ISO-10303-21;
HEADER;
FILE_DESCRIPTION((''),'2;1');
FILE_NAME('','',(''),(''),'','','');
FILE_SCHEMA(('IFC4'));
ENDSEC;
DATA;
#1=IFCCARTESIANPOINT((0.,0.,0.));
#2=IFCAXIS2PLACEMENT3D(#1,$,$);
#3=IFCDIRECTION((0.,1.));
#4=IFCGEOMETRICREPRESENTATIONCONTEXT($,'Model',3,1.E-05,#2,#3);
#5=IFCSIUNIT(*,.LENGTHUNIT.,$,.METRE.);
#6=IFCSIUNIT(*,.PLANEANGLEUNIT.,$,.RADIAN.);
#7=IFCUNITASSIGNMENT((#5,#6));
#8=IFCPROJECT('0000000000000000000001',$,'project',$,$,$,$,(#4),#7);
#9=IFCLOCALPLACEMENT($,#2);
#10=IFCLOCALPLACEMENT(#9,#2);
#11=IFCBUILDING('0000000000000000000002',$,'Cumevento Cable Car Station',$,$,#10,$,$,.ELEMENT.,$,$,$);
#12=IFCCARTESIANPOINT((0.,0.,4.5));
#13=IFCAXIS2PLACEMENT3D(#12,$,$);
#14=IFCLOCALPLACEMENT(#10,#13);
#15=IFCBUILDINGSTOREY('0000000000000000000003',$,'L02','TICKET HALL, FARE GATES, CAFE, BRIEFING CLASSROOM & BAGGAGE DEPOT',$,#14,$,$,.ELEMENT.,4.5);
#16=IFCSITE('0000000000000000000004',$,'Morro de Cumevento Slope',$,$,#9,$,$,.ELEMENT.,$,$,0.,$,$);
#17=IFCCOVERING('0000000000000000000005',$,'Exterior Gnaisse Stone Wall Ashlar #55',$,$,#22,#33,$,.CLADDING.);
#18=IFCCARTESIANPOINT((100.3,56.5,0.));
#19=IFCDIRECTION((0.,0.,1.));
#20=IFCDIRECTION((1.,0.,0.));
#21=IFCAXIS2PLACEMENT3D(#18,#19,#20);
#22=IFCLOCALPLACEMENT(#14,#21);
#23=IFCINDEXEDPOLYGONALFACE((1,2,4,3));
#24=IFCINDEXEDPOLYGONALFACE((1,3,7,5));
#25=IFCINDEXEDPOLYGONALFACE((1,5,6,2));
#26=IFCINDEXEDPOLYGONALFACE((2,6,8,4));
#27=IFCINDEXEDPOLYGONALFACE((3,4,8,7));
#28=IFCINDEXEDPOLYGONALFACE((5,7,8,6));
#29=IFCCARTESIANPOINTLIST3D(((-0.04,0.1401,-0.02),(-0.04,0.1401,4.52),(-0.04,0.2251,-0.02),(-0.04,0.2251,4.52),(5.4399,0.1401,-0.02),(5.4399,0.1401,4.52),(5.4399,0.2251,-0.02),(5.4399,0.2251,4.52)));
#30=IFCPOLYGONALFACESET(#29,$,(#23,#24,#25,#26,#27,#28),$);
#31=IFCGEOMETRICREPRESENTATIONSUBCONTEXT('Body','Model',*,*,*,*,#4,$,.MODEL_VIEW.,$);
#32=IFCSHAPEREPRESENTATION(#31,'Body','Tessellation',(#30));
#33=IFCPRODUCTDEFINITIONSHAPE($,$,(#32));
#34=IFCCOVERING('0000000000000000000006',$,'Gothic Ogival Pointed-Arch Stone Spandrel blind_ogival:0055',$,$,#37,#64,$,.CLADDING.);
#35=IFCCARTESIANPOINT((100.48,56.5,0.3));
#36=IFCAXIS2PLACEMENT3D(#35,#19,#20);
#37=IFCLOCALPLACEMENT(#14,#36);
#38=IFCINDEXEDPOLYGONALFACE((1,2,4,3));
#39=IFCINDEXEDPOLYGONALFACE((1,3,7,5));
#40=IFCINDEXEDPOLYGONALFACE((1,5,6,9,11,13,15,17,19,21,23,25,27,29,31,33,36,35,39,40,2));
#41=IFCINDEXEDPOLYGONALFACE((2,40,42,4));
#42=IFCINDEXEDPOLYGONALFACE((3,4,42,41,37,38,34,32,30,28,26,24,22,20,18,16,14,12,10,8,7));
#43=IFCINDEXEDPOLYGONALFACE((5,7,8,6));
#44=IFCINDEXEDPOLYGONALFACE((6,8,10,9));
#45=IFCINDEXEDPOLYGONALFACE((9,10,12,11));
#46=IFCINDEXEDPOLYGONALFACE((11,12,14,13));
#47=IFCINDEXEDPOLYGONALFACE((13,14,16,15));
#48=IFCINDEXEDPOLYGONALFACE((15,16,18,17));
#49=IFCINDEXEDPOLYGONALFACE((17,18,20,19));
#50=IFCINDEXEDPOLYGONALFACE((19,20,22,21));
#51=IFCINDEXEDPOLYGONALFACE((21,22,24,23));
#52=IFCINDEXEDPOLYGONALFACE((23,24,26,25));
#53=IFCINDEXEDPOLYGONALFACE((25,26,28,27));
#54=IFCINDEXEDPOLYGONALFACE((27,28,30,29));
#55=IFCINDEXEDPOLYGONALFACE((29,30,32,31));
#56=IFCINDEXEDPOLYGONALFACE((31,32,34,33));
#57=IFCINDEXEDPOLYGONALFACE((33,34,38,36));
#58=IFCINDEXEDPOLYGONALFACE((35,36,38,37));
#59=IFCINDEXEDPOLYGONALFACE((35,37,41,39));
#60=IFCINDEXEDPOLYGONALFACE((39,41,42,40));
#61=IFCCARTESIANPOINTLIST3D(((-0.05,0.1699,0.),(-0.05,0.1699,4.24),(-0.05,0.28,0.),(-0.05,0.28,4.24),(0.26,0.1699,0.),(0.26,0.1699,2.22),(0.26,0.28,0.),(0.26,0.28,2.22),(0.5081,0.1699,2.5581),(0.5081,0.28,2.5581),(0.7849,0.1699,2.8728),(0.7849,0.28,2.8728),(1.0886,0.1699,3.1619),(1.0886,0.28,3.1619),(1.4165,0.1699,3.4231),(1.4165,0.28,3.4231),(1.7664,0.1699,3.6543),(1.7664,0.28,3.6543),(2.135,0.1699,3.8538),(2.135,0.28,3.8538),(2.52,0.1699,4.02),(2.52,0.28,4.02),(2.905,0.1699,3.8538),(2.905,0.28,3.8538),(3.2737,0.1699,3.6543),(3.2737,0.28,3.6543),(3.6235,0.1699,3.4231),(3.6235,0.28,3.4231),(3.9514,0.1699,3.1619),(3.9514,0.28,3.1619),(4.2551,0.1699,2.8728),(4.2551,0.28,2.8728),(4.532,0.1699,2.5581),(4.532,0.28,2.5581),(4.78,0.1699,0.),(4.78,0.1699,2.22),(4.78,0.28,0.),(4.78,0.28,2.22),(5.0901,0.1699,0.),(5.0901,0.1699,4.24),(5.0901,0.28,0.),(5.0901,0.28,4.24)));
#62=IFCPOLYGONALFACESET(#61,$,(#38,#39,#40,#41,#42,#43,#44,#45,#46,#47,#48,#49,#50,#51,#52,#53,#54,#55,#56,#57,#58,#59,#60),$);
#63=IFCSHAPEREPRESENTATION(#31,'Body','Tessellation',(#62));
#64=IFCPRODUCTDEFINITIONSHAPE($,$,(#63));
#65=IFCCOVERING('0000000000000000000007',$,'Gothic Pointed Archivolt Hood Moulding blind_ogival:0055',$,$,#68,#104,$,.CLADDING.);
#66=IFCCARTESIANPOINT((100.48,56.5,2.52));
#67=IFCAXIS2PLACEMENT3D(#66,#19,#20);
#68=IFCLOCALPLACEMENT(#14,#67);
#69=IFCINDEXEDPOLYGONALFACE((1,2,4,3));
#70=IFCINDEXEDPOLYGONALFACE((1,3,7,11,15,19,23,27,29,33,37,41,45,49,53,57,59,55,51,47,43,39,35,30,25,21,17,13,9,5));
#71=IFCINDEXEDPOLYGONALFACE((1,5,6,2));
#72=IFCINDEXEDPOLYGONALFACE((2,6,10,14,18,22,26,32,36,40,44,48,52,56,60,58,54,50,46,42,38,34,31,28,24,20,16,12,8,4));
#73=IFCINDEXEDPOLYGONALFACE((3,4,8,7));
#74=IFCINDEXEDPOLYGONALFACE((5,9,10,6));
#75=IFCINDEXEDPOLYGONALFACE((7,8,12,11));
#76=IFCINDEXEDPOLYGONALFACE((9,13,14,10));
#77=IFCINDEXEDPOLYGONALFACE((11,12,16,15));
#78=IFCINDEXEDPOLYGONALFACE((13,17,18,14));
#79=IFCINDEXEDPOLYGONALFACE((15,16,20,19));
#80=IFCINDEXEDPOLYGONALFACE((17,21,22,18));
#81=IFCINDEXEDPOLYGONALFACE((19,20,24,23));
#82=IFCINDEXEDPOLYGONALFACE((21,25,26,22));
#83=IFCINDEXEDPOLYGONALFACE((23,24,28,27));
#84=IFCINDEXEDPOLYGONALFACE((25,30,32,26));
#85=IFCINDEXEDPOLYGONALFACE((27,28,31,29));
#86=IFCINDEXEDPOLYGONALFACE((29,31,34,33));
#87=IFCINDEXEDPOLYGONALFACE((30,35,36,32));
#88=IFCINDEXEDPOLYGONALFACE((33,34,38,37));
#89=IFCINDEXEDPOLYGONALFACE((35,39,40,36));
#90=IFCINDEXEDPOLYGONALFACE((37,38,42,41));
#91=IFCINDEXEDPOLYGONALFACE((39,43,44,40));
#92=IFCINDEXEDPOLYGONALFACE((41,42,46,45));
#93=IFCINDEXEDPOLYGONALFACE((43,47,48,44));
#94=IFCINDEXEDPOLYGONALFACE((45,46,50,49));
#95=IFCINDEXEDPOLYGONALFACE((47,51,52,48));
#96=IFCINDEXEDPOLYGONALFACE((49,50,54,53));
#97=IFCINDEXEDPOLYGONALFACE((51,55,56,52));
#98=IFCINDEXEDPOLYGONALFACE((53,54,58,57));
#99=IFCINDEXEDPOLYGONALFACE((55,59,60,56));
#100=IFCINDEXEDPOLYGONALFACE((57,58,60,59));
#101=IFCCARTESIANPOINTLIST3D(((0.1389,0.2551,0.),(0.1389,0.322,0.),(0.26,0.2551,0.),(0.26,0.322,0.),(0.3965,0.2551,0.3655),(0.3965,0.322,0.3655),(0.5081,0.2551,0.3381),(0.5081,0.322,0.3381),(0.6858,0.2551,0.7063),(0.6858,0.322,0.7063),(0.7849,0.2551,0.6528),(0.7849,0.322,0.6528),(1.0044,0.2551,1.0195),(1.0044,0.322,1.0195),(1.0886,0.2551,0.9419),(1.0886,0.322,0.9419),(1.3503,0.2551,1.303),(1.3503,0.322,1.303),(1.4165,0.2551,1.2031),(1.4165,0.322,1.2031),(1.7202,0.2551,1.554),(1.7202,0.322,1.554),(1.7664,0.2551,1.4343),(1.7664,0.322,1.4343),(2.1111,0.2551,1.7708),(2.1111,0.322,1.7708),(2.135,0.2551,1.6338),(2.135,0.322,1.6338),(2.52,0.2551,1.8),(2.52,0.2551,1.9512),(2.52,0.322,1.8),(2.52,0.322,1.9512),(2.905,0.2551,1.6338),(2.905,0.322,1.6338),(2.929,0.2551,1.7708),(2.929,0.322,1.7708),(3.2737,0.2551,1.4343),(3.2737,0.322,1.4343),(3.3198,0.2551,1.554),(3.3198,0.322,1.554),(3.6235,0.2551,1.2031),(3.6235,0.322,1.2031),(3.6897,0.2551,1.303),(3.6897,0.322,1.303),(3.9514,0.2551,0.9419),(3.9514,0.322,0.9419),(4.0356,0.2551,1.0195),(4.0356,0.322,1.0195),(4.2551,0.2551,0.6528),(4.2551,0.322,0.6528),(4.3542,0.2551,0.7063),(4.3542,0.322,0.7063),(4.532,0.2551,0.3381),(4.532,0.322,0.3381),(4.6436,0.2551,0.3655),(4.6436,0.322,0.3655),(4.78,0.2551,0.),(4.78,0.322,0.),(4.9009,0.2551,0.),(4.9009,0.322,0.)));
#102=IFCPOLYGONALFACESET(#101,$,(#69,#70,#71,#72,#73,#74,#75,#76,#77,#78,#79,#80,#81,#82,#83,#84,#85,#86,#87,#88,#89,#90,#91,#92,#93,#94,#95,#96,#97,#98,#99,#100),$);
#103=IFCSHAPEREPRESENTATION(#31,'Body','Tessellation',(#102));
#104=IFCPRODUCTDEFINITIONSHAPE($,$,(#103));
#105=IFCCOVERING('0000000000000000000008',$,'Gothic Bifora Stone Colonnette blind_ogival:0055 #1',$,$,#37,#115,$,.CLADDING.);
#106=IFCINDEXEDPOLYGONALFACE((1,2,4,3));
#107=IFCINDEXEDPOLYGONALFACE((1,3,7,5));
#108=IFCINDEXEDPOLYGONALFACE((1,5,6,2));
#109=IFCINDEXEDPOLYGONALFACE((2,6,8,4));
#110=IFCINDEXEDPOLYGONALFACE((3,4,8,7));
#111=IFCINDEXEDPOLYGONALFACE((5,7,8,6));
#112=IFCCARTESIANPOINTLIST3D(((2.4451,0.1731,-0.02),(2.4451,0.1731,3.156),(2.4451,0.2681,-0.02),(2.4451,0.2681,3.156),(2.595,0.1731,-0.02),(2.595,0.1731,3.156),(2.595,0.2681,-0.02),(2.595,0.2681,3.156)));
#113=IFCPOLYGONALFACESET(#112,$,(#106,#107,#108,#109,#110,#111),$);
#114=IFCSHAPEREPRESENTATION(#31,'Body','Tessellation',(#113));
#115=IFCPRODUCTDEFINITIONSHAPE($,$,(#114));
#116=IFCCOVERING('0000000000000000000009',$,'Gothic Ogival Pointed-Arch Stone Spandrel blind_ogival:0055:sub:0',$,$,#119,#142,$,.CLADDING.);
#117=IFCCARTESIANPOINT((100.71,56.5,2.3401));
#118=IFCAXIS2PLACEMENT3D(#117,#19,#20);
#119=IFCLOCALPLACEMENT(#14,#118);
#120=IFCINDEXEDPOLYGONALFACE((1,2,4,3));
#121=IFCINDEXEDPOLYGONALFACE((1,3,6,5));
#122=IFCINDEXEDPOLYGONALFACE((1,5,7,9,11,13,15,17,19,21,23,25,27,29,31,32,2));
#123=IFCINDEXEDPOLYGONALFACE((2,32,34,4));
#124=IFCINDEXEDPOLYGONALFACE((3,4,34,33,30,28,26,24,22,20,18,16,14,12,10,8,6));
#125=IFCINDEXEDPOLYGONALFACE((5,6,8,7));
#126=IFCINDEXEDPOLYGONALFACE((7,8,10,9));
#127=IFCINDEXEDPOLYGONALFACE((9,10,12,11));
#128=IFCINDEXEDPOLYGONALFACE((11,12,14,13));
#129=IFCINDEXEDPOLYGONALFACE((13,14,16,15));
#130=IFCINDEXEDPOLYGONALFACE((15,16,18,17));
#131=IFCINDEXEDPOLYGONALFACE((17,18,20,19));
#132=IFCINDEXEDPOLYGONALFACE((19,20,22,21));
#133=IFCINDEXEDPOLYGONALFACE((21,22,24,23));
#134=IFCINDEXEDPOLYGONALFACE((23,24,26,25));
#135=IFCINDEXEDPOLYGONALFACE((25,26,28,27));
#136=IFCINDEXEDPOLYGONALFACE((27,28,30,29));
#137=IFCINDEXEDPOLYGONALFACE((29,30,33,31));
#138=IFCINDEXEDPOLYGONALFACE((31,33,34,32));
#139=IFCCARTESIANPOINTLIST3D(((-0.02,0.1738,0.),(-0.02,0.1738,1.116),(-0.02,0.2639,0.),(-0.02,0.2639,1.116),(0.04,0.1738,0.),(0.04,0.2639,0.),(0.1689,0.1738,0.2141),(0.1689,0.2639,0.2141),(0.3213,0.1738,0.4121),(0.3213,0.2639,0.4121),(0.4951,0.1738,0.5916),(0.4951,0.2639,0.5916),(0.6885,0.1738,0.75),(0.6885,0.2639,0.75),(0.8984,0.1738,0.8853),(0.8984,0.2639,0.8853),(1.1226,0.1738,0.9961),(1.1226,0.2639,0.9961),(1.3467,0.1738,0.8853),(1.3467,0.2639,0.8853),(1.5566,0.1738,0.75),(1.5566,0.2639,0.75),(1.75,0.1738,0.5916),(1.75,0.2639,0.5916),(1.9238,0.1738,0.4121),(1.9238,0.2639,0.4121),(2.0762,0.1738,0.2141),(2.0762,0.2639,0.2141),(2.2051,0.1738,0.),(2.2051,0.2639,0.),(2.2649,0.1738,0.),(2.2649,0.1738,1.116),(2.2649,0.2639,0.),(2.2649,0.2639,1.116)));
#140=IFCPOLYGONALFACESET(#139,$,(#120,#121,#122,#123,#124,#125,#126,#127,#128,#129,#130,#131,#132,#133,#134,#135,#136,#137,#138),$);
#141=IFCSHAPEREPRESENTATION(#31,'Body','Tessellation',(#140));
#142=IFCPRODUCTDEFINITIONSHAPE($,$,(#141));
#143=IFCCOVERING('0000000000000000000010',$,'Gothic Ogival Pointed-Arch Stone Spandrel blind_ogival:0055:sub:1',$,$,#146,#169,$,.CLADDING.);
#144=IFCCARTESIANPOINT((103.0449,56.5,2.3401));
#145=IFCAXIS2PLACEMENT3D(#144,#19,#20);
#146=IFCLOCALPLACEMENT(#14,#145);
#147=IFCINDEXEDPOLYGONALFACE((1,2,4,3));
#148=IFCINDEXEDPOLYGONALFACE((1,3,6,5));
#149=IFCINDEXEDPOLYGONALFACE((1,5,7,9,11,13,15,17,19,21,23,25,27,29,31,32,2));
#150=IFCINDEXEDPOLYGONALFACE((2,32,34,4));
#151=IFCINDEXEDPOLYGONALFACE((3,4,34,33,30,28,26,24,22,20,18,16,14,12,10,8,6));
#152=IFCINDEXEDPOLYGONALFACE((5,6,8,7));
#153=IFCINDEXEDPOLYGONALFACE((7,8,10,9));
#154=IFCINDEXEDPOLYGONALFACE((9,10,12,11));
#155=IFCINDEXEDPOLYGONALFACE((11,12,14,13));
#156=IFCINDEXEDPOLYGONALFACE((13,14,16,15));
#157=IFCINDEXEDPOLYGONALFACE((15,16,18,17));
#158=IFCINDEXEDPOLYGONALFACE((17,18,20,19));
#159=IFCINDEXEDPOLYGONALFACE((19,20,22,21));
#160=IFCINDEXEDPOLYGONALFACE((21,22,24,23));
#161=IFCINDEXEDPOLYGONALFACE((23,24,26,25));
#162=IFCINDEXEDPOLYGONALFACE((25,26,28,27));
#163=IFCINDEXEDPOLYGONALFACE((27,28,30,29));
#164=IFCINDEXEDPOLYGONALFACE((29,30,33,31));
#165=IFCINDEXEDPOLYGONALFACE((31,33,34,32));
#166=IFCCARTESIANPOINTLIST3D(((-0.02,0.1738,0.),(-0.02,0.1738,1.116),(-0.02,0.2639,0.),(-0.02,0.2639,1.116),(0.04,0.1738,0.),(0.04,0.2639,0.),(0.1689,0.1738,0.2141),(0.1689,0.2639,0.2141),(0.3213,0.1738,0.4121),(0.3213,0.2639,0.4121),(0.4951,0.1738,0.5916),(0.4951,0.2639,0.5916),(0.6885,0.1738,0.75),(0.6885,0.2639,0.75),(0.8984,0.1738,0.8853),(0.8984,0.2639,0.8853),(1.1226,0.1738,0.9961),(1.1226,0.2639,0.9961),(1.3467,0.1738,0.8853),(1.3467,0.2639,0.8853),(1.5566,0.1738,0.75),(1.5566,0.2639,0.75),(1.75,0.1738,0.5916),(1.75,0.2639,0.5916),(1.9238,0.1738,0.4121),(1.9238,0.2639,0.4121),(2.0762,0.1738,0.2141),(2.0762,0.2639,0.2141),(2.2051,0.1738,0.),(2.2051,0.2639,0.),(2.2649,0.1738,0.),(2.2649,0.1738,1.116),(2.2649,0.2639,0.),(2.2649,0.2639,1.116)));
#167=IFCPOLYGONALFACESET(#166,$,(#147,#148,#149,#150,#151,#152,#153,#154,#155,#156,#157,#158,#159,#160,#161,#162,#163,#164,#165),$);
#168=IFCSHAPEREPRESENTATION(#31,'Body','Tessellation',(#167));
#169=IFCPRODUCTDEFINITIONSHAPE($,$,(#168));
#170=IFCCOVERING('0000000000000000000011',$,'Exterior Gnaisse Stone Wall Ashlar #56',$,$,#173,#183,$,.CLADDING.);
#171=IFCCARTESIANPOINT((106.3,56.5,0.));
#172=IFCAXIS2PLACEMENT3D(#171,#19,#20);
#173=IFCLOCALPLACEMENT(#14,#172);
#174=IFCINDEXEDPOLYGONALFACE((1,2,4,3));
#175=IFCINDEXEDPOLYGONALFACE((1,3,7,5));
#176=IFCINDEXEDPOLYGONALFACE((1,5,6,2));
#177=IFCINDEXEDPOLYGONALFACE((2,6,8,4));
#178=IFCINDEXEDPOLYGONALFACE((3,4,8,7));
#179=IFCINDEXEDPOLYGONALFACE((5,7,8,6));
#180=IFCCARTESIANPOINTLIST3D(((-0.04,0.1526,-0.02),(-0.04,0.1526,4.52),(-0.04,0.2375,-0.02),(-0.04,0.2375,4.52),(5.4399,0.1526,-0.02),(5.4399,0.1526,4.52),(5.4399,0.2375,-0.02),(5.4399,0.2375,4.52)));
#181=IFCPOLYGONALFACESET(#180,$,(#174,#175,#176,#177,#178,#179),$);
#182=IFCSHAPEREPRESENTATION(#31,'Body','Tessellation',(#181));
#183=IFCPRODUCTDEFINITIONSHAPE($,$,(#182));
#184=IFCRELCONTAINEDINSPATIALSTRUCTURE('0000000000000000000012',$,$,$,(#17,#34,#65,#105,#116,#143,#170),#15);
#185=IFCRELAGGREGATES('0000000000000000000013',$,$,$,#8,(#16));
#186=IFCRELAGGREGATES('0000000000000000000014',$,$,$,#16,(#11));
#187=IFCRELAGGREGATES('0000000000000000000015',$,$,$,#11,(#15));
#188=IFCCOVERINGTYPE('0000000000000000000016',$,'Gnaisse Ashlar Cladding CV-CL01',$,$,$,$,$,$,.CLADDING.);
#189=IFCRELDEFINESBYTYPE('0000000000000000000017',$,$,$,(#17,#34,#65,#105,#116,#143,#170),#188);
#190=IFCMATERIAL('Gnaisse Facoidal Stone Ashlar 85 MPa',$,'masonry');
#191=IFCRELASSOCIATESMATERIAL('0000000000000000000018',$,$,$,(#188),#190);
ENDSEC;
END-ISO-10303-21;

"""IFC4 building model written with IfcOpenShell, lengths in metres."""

from ifc_helpers import new_model, si_unit, direction, frame, origin, place, context, subcontext, project, spatial, polyline, outline, extrude, material, type_object, element, save


model = new_model("IFC4")

# Units and contexts
model_context = context("Model", 3, precision=1e-05, world=origin(), true_north=direction((0.0, 1.0)))
body_context = subcontext(model_context, "Body", "Model", "MODEL_VIEW")
ifc_project = project(units=[si_unit("LENGTHUNIT", "METRE"), si_unit("PLANEANGLEUNIT", "RADIAN")], contexts=[model_context])

# Site, building, storey
site_placement = place(None, origin())
site = spatial("IfcSite", under=ifc_project, at=site_placement, Name="Morro de Cumevento Slope", CompositionType="ELEMENT", RefElevation=0.0)
building_placement = place(site_placement, origin())
building = spatial("IfcBuilding", under=site, at=building_placement, Name="Cumevento Cable Car Station", CompositionType="ELEMENT")
storey_placement = place(building_placement, frame((0.0, 0.0, 4.5)))
storey = spatial("IfcBuildingStorey", under=building, at=storey_placement, Name="L02", Description="TICKET HALL, FARE GATES, CAFE, BRIEFING CLASSROOM & BAGGAGE DEPOT", CompositionType="ELEMENT", Elevation=4.5)

# Coverings
ifc_material_1 = material(Name="Gnaisse Facoidal Stone Ashlar 85 MPa", Category="masonry")
covering_type = type_object("IfcCoveringType", Name="Gnaisse Ashlar Cladding CV-CL01", PredefinedType="CLADDING", material=ifc_material_1)
covering_1_placement = place(storey_placement, frame((100.3, 56.5, 0.0), z_axis=(0.0, 0.0, 1.0), x_axis=(1.0, 0.0, 0.0)))
element("IfcCovering", 1, at=covering_1_placement, inside=storey, type_object=covering_type, Name="Exterior Gnaisse Stone Wall Ashlar #55", PredefinedType="CLADDING", context=body_context, shape_type="SweptSolid", body=[
    extrude(outline(polyline([(-0.04, -0.02), (5.4399, -0.02), (5.4399, 4.52), (-0.04, 4.52), (-0.04, -0.02)])), frame((0.0, 0.2251, 0.0), z_axis=(0.0, -1.0, 0.0), x_axis=(1.0, 0.0, 0.0)), (0.0, 0.0, 1.0), 0.085),
])
placement_1 = place(storey_placement, frame((100.48, 56.5, 0.3), z_axis=(0.0, 0.0, 1.0), x_axis=(1.0, 0.0, 0.0)))
element("IfcCovering", 2, at=placement_1, inside=storey, type_object=covering_type, Name="Gothic Ogival Pointed-Arch Stone Spandrel blind_ogival:0055", PredefinedType="CLADDING", context=body_context, shape_type="SweptSolid", body=[
    extrude(outline(polyline([(-0.05, 0.0), (-0.05, 4.24), (5.0901, 4.24), (5.0901, 0.0), (4.78, 0.0), (4.78, 2.22), (4.532, 2.5581), (4.2551, 2.8728), (3.9514, 3.1619), (3.6235, 3.4231), (3.2737, 3.6543), (2.905, 3.8538), (2.52, 4.02), (2.135, 3.8538), (1.7664, 3.6543), (1.4165, 3.4231), (1.0886, 3.1619), (0.7849, 2.8728), (0.5081, 2.5581), (0.26, 2.22), (0.26, 0.0), (-0.05, 0.0)])), frame((0.0, 0.28, 0.0), z_axis=(0.0, -1.0, 0.0), x_axis=(1.0, 0.0, 0.0)), (0.0, 0.0, 1.0), 0.1101),
])
covering_2_placement = place(storey_placement, frame((100.48, 56.5, 2.52), z_axis=(0.0, 0.0, 1.0), x_axis=(1.0, 0.0, 0.0)))
element("IfcCovering", 3, at=covering_2_placement, inside=storey, type_object=covering_type, Name="Gothic Pointed Archivolt Hood Moulding blind_ogival:0055", PredefinedType="CLADDING", context=body_context, shape_type="SweptSolid", body=[
    extrude(outline(polyline([(0.26, 0.0), (0.5081, 0.3381), (0.7849, 0.6528), (1.0886, 0.9419), (1.4165, 1.2031), (1.7664, 1.4343), (2.135, 1.6338), (2.52, 1.8), (2.905, 1.6338), (3.2737, 1.4343), (3.6235, 1.2031), (3.9514, 0.9419), (4.2551, 0.6528), (4.532, 0.3381), (4.78, 0.0), (4.9009, 0.0), (4.6436, 0.3655), (4.3542, 0.7063), (4.0356, 1.0195), (3.6897, 1.303), (3.3198, 1.554), (2.929, 1.7708), (2.52, 1.9512), (2.1111, 1.7708), (1.7202, 1.554), (1.3503, 1.303), (1.0044, 1.0195), (0.6858, 0.7063), (0.3965, 0.3655), (0.1389, 0.0), (0.26, 0.0)])), frame((0.0, 0.322, 0.0), z_axis=(0.0, -1.0, 0.0), x_axis=(1.0, 0.0, 0.0)), (0.0, 0.0, 1.0), 0.0669),
])
element("IfcCovering", 4, at=placement_1, inside=storey, type_object=covering_type, Name="Gothic Bifora Stone Colonnette blind_ogival:0055 #1", PredefinedType="CLADDING", context=body_context, shape_type="SweptSolid", body=[
    extrude(outline(polyline([(2.4451, -0.02), (2.595, -0.02), (2.595, 3.156), (2.4451, 3.156), (2.4451, -0.02)])), frame((0.0, 0.2681, 0.0), z_axis=(0.0, -1.0, 0.0), x_axis=(1.0, 0.0, 0.0)), (0.0, 0.0, 1.0), 0.095),
])
for number, where, z_axis, x_axis, name in (
    (5, (100.71, 56.5, 2.3401), (0.0, 0.0, 1.0), (1.0, 0.0, 0.0), "Gothic Ogival Pointed-Arch Stone Spandrel blind_ogival:0055:sub:0"),
    (6, (103.0449, 56.5, 2.3401), (0.0, 0.0, 1.0), (1.0, 0.0, 0.0), "Gothic Ogival Pointed-Arch Stone Spandrel blind_ogival:0055:sub:1"),
):
    element("IfcCovering", number, at=place(storey_placement, frame(where, z_axis=z_axis, x_axis=x_axis)), inside=storey, type_object=covering_type, Name=name, PredefinedType="CLADDING", context=body_context, shape_type="SweptSolid", body=[
        extrude(outline(polyline([(-0.02, 0.0), (-0.02, 1.116), (2.2649, 1.116), (2.2649, 0.0), (2.2051, 0.0), (2.0762, 0.2141), (1.9238, 0.4121), (1.75, 0.5916), (1.5566, 0.75), (1.3467, 0.8853), (1.1226, 0.9961), (0.8984, 0.8853), (0.6885, 0.75), (0.4951, 0.5916), (0.3213, 0.4121), (0.1689, 0.2141), (0.04, 0.0), (-0.02, 0.0)])), frame((0.0, 0.2639, 0.0), z_axis=(0.0, -1.0, 0.0), x_axis=(1.0, 0.0, 0.0)), (0.0, 0.0, 1.0), 0.0901),
    ])
covering_3_placement = place(storey_placement, frame((106.3, 56.5, 0.0), z_axis=(0.0, 0.0, 1.0), x_axis=(1.0, 0.0, 0.0)))
element("IfcCovering", 7, at=covering_3_placement, inside=storey, type_object=covering_type, Name="Exterior Gnaisse Stone Wall Ashlar #56", PredefinedType="CLADDING", context=body_context, shape_type="SweptSolid", body=[
    extrude(outline(polyline([(-0.04, -0.02), (5.4399, -0.02), (5.4399, 4.52), (-0.04, 4.52), (-0.04, -0.02)])), frame((0.0, 0.2375, 0.0), z_axis=(0.0, -1.0, 0.0), x_axis=(1.0, 0.0, 0.0)), (0.0, 0.0, 1.0), 0.085),
])

save(model, "model.ifc")
